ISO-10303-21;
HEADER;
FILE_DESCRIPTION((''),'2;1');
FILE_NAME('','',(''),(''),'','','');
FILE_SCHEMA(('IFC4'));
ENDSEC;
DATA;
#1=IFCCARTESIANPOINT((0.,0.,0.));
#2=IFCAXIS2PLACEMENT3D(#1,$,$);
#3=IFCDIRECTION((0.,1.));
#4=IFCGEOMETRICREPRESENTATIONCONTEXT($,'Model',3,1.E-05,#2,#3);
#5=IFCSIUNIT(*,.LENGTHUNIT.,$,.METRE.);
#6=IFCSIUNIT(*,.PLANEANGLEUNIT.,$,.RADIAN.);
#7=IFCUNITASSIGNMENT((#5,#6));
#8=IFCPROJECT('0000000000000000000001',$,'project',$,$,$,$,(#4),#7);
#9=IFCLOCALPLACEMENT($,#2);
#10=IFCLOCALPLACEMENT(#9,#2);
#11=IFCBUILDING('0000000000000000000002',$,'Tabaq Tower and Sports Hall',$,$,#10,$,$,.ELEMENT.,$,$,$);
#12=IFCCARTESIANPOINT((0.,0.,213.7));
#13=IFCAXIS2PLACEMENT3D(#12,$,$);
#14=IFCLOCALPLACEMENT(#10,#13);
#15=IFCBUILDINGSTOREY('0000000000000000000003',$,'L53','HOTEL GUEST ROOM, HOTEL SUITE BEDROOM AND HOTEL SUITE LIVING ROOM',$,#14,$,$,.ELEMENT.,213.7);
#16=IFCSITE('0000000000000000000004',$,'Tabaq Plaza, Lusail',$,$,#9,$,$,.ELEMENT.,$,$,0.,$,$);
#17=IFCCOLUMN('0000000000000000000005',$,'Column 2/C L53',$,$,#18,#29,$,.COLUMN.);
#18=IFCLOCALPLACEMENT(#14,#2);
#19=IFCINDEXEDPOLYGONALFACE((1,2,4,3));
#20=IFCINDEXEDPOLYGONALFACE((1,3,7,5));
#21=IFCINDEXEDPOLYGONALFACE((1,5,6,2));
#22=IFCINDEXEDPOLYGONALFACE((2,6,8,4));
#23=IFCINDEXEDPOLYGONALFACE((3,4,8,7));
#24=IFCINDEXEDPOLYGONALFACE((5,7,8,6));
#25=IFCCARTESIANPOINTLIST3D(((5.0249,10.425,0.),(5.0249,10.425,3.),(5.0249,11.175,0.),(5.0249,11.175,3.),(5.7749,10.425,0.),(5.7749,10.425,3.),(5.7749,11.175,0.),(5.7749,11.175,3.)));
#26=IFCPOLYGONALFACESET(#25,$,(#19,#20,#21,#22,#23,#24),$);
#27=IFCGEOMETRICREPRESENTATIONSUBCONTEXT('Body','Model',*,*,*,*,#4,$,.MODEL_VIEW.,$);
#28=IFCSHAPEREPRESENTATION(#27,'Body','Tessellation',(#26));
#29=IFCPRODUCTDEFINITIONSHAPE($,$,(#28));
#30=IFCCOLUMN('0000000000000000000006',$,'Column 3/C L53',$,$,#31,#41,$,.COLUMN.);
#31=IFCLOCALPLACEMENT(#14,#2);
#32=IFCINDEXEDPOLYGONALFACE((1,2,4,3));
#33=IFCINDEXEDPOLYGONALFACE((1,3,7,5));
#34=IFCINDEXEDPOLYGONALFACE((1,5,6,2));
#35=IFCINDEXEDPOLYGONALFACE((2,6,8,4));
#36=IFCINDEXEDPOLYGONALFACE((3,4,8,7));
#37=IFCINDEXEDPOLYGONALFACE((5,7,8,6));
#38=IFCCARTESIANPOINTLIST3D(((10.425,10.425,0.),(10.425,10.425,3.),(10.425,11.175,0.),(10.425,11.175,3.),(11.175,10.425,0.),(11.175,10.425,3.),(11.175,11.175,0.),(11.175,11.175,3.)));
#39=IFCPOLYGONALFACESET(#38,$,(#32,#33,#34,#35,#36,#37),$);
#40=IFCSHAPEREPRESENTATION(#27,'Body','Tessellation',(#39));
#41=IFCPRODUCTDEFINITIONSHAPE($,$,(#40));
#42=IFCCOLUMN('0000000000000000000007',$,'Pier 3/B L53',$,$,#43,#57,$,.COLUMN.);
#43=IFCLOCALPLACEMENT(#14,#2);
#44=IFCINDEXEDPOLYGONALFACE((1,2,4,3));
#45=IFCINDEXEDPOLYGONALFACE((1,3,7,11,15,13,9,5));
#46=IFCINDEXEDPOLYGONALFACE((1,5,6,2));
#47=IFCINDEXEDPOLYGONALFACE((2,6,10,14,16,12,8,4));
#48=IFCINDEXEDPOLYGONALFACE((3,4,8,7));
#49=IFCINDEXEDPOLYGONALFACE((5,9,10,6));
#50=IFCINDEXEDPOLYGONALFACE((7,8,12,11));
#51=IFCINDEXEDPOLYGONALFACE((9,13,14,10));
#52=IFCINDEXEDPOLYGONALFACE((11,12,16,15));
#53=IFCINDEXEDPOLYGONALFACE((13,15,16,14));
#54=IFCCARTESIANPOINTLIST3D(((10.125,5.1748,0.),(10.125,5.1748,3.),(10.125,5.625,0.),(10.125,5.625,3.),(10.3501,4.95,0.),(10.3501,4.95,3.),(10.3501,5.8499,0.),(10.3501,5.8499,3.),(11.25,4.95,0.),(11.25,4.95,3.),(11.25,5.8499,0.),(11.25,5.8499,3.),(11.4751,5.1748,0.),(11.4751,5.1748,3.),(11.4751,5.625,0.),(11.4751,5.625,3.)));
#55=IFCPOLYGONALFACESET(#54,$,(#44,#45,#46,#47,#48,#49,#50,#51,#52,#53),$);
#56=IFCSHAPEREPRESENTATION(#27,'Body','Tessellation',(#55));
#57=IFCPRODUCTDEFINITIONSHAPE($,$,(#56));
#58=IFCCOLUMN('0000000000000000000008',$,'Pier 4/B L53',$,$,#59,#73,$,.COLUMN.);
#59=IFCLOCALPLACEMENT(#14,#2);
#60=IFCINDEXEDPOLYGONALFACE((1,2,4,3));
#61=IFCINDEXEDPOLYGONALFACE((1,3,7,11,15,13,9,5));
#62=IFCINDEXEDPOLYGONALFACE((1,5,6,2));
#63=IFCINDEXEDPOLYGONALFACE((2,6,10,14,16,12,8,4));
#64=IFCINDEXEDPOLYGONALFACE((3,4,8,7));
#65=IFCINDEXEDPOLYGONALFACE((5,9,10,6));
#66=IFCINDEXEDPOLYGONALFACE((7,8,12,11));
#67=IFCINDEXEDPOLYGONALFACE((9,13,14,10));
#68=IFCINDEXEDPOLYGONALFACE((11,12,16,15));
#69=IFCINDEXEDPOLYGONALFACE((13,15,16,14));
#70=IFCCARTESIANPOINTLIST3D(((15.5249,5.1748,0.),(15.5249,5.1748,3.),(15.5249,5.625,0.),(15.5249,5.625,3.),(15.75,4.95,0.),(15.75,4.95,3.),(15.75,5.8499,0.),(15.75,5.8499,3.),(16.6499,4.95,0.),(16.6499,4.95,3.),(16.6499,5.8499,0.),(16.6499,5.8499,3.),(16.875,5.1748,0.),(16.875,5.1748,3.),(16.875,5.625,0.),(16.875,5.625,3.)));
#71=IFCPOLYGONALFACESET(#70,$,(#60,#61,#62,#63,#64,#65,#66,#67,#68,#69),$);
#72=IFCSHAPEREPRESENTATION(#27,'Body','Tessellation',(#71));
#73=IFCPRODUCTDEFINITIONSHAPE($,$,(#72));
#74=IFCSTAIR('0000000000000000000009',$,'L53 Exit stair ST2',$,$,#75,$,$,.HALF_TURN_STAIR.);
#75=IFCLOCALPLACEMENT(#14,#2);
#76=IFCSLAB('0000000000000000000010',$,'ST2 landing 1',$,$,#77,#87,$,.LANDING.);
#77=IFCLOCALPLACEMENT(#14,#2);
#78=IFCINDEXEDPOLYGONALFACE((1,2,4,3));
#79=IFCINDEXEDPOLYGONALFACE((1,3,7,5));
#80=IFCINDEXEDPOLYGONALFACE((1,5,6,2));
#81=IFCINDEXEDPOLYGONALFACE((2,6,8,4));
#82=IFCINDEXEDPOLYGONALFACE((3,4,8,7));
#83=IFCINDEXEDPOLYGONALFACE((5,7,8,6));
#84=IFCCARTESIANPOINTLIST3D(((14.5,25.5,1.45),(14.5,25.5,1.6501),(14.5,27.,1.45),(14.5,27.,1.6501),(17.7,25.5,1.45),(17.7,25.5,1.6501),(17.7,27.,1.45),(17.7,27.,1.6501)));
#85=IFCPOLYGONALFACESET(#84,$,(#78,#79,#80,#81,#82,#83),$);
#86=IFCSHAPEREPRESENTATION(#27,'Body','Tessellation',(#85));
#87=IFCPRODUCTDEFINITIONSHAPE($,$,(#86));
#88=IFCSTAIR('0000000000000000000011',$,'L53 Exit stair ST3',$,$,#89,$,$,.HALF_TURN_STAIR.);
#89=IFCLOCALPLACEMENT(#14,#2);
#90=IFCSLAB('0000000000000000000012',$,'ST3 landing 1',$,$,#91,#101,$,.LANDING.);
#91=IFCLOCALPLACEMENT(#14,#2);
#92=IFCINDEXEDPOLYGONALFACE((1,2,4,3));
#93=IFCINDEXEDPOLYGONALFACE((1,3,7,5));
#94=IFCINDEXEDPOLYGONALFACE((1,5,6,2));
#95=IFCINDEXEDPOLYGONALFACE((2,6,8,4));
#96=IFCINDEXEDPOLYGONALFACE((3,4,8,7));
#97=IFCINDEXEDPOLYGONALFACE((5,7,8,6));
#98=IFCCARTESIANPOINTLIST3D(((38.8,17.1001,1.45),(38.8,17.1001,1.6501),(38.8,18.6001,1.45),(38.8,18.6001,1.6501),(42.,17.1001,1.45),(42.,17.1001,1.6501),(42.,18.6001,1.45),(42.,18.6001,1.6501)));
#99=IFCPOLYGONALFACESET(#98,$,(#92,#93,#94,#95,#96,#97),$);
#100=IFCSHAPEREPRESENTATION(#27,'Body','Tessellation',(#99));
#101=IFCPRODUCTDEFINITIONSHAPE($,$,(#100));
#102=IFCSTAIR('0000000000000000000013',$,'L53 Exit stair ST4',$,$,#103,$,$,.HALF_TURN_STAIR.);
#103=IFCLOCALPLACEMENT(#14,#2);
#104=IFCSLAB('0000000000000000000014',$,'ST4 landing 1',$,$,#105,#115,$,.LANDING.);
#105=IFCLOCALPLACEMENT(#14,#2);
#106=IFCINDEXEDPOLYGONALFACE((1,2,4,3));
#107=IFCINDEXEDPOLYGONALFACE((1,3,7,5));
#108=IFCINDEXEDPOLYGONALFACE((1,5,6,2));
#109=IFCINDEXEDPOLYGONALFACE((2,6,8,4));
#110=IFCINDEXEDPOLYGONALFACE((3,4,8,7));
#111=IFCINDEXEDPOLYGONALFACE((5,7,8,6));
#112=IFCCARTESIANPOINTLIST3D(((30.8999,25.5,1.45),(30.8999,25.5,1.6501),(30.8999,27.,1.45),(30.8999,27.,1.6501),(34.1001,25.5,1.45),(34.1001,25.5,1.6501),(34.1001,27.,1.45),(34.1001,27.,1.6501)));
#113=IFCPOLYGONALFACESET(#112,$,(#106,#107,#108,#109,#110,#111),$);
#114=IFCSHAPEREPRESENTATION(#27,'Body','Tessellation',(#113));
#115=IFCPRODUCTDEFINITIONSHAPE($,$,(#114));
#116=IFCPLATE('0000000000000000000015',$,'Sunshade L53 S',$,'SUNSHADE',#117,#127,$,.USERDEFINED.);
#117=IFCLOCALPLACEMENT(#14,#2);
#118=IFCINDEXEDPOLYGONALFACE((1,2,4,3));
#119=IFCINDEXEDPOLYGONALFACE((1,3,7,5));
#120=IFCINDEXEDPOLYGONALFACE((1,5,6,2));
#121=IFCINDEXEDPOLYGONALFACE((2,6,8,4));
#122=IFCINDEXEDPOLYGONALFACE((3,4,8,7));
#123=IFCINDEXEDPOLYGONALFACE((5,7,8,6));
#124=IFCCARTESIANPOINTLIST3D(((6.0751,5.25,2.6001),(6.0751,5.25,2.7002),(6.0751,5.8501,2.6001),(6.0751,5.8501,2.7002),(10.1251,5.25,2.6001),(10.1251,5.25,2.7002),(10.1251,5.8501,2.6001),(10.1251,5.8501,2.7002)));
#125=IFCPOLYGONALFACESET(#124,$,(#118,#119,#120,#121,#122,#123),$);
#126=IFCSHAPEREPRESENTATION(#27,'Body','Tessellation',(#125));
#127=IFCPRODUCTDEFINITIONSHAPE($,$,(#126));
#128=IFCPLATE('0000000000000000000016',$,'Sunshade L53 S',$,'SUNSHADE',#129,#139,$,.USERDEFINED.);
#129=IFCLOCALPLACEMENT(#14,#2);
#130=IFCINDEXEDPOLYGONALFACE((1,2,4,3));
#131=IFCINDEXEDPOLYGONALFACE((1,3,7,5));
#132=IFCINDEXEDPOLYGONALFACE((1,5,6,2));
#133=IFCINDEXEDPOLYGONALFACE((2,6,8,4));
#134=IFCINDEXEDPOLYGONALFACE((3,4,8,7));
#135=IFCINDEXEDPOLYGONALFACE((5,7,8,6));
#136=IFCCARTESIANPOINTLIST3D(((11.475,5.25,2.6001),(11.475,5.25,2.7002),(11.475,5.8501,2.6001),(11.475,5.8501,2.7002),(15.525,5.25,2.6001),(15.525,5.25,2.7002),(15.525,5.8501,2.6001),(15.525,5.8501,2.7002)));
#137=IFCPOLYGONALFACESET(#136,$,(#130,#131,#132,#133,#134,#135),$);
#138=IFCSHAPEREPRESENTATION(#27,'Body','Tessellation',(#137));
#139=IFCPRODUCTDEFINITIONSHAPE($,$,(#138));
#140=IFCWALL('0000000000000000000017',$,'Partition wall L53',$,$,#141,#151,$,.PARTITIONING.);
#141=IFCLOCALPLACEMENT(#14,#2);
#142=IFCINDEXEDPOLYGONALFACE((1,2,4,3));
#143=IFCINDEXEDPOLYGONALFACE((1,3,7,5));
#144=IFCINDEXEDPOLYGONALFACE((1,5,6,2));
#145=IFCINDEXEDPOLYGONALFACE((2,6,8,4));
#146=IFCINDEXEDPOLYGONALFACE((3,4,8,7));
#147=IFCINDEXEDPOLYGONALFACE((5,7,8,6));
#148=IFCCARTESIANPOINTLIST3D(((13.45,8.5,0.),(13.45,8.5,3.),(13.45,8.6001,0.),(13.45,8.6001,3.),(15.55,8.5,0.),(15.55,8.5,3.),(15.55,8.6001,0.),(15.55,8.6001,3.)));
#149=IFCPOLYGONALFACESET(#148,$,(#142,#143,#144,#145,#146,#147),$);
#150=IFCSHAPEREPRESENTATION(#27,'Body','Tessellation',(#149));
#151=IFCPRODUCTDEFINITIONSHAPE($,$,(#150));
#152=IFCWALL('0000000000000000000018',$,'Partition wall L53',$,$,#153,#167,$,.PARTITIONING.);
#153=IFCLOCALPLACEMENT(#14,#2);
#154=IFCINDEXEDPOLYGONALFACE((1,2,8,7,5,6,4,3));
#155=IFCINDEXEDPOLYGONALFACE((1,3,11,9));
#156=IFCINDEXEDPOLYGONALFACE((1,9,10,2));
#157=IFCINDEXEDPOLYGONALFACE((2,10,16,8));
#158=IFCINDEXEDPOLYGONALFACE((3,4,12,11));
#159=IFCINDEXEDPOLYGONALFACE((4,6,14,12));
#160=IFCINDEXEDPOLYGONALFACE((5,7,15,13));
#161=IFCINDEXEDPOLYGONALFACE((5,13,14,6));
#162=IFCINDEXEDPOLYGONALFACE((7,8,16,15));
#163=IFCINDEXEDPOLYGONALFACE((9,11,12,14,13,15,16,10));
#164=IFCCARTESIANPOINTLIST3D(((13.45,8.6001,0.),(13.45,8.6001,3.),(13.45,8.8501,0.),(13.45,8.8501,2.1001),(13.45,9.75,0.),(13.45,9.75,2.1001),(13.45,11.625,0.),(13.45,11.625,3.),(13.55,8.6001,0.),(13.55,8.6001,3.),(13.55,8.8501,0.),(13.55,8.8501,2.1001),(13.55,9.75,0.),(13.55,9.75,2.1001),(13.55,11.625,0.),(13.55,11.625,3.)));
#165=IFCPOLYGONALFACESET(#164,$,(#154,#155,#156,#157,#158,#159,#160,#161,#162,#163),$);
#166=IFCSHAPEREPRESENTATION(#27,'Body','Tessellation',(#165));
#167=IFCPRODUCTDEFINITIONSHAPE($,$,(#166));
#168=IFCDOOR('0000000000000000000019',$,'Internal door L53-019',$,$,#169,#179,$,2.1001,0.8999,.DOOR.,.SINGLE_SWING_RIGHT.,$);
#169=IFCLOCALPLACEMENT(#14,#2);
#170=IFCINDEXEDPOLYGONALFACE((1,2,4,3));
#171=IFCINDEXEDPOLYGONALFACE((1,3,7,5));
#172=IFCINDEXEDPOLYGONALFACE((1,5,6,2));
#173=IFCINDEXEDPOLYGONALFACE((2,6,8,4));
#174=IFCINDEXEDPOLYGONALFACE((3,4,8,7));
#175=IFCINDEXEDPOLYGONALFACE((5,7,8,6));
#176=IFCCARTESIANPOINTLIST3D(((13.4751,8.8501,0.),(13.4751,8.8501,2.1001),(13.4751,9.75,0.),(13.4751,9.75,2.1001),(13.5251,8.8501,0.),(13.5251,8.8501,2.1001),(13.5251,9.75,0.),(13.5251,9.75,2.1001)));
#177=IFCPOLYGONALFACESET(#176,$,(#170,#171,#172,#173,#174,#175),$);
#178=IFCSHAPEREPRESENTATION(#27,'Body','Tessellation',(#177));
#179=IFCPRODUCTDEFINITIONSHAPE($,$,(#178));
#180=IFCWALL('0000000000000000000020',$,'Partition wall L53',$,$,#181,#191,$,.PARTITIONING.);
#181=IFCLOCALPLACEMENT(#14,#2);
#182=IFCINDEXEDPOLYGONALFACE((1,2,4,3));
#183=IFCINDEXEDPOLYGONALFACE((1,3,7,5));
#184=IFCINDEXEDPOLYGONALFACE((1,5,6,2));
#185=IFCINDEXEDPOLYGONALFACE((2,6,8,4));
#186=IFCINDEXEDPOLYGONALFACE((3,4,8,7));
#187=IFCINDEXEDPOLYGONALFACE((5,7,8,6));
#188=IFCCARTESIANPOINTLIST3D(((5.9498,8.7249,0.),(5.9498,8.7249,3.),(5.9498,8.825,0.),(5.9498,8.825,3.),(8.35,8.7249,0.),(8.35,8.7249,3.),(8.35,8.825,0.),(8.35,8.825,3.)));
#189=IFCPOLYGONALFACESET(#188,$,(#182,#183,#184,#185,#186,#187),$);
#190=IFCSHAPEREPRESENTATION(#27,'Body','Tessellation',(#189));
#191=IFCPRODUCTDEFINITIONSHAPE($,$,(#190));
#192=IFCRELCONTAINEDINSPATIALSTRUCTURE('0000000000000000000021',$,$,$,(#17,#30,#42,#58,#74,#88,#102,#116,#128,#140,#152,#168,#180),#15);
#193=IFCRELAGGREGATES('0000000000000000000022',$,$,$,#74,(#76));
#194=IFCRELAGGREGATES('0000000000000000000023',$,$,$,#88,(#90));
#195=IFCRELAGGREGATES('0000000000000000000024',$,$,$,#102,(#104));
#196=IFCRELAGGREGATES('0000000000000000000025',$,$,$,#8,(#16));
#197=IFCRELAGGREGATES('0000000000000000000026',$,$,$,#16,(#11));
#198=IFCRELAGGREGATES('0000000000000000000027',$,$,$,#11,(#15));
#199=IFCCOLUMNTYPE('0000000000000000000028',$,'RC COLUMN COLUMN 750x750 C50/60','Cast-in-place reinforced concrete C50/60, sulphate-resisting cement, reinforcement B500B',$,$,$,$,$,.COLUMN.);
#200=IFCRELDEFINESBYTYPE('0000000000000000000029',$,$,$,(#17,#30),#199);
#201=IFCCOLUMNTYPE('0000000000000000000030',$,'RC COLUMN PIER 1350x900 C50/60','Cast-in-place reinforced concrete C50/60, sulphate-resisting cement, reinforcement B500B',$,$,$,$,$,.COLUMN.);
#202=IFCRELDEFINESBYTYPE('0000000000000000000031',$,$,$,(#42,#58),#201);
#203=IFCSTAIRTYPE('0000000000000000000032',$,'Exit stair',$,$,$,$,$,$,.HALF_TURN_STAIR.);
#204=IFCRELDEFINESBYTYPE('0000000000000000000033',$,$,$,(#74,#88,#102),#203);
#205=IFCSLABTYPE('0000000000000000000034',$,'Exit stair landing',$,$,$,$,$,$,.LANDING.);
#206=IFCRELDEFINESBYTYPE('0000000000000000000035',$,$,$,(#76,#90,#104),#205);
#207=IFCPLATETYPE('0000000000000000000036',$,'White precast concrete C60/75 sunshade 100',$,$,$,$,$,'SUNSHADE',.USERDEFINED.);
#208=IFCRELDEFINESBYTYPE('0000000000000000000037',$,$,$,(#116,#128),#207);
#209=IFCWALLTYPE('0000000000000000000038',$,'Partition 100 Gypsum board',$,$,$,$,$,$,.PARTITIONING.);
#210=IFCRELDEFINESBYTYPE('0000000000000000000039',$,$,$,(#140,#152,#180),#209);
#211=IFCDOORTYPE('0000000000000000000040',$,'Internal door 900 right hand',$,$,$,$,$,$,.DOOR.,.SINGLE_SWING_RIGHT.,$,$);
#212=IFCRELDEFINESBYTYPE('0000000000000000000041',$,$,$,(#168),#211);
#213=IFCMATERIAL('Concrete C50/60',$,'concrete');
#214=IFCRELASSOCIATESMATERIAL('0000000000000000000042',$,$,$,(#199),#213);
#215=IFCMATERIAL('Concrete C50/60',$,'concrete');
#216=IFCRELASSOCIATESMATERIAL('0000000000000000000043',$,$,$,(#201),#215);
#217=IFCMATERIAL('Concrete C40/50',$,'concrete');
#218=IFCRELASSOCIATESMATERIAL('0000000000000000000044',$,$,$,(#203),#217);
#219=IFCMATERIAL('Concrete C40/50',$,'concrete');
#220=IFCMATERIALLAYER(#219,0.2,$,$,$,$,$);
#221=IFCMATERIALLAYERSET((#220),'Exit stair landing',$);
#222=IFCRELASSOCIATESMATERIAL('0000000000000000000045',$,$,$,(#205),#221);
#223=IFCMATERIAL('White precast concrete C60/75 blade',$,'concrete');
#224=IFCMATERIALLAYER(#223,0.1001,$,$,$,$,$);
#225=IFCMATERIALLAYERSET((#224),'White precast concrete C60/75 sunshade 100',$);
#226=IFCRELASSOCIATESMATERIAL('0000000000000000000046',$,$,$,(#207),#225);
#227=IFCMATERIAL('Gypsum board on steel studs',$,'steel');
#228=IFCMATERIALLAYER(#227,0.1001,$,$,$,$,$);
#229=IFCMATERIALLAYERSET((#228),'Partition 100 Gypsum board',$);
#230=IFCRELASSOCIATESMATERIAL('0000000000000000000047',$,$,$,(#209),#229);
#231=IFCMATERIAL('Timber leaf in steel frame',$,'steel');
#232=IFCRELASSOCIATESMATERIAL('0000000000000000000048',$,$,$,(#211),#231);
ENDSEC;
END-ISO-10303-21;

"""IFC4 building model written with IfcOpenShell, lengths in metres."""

from ifc_helpers import new_model, si_unit, direction, frame, frame_2d, origin, origin_2d, place, context, subcontext, project, spatial, polyline, rectangle, outline, extrude, material, layer, layer_set, material_profile, profile_set, type_object, element, fill, aggregate, save


model = new_model("IFC4")

# Units and contexts
model_context = context("Model", 3, precision=1e-05, world=origin(), true_north=direction((0.0, 1.0)))
body_context = subcontext(model_context, "Body", "Model", "MODEL_VIEW")
ifc_project = project(units=[si_unit("LENGTHUNIT", "METRE"), si_unit("PLANEANGLEUNIT", "RADIAN")], contexts=[model_context])

# Site, building, storey
site_placement = place(None, origin())
site = spatial("IfcSite", under=ifc_project, at=site_placement, Name="Tabaq Plaza, Lusail", CompositionType="ELEMENT", RefElevation=0.0)
building_placement = place(site_placement, origin())
building = spatial("IfcBuilding", under=site, at=building_placement, Name="Tabaq Tower and Sports Hall", CompositionType="ELEMENT")
storey_placement = place(building_placement, frame((0.0, 0.0, 213.7)))
storey = spatial("IfcBuildingStorey", under=building, at=storey_placement, Name="L53", Description="HOTEL GUEST ROOM, HOTEL SUITE BEDROOM AND HOTEL SUITE LIVING ROOM", CompositionType="ELEMENT", Elevation=213.7)

# Columns
ifc_material_1 = material(Name="Concrete C50/60", Category="concrete")
ifc_material_profile_1 = material_profile(ifc_material_1, rectangle(XDim=0.75, YDim=0.75, at=origin_2d()), Name="COLUMN 750x750")
ifc_profile_set_1 = profile_set([ifc_material_profile_1], Name="Concrete C50/60")
column_type_1 = type_object("IfcColumnType", Name="RC COLUMN COLUMN 750x750 C50/60", Description="Cast-in-place reinforced concrete C50/60, sulphate-resisting cement, reinforcement B500B", PredefinedType="COLUMN", material=ifc_profile_set_1)
for number, where, z_axis, x_axis, name in (
    (1, (5.3999, 10.8, 0.0), (0.0, 0.0, 1.0), (1.0, 0.0, 0.0), "Column 2/C L53"),
    (2, (10.8, 10.8, 0.0), (0.0, 0.0, 1.0), (1.0, 0.0, 0.0), "Column 3/C L53"),
):
    element("IfcColumn", number, at=place(storey_placement, frame(where, z_axis=z_axis, x_axis=x_axis)), inside=storey, type_object=column_type_1, Name=name, PredefinedType="COLUMN", context=body_context, shape_type="SweptSolid", body=[
        extrude(rectangle(XDim=0.75, YDim=0.75, at=origin_2d()), origin(), (0.0, 0.0, 1.0), 3.0),
    ])
ifc_material_2 = material(Name="Concrete C50/60", Category="concrete")
ifc_material_profile_2 = material_profile(ifc_material_2, outline(polyline([(-0.45, -0.45), (0.45, -0.45), (0.675, -0.2251), (0.675, 0.2251), (0.45, 0.45), (-0.45, 0.45), (-0.675, 0.2251), (-0.675, -0.2251), (-0.45, -0.45)])), Name="PIER 1350x900")
ifc_profile_set_2 = profile_set([ifc_material_profile_2], Name="Concrete C50/60")
column_type_2 = type_object("IfcColumnType", Name="RC COLUMN PIER 1350x900 C50/60", Description="Cast-in-place reinforced concrete C50/60, sulphate-resisting cement, reinforcement B500B", PredefinedType="COLUMN", material=ifc_profile_set_2)
for number, where, z_axis, x_axis, name in (
    (3, (10.8, 5.3999, 0.0), (0.0, 0.0, 1.0), (1.0, 0.0, 0.0), "Pier 3/B L53"),
    (4, (16.2, 5.3999, 0.0), (0.0, 0.0, 1.0), (1.0, 0.0, 0.0), "Pier 4/B L53"),
):
    element("IfcColumn", number, at=place(storey_placement, frame(where, z_axis=z_axis, x_axis=x_axis)), inside=storey, type_object=column_type_2, Name=name, PredefinedType="COLUMN", context=body_context, shape_type="SweptSolid", body=[
        extrude(outline(polyline([(-0.45, -0.45), (0.45, -0.45), (0.675, -0.2251), (0.675, 0.2251), (0.45, 0.45), (-0.45, 0.45), (-0.675, 0.2251), (-0.675, -0.2251), (-0.45, -0.45)])), origin(), (0.0, 0.0, 1.0), 3.0),
    ])

# Stairs, slabs
ifc_material_3 = material(Name="Concrete C40/50", Category="concrete")
stair_type = type_object("IfcStairType", Name="Exit stair", PredefinedType="HALF_TURN_STAIR", material=ifc_material_3)
stair_1_placement = place(storey_placement, origin())
stair_1 = element("IfcStair", 5, at=stair_1_placement, inside=storey, type_object=stair_type, Name="L53 Exit stair ST2", PredefinedType="HALF_TURN_STAIR")
ifc_material_4 = material(Name="Concrete C40/50", Category="concrete")
ifc_layer_1 = layer(ifc_material_4, 0.2)
ifc_layer_set_1 = layer_set([ifc_layer_1], Name="Exit stair landing")
slab_type = type_object("IfcSlabType", Name="Exit stair landing", PredefinedType="LANDING", material=ifc_layer_set_1)
slab_1_placement = place(storey_placement, frame((0.0, 0.0, 1.45)))
slab_1 = element("IfcSlab", 6, at=slab_1_placement, type_object=slab_type, Name="ST2 landing 1", PredefinedType="LANDING", context=body_context, shape_type="SweptSolid", body=[
    extrude(outline(polyline([(14.5, 27.0), (14.5, 25.5), (17.7, 25.5), (17.7, 27.0), (14.5, 27.0)])), origin(), (0.0, 0.0, 1.0), 0.2002),
])
aggregate(stair_1, [slab_1])
stair_2_placement = place(storey_placement, origin())
stair_2 = element("IfcStair", 7, at=stair_2_placement, inside=storey, type_object=stair_type, Name="L53 Exit stair ST3", PredefinedType="HALF_TURN_STAIR")
slab_2_placement = place(storey_placement, frame((0.0, 0.0, 1.45)))
slab_2 = element("IfcSlab", 8, at=slab_2_placement, type_object=slab_type, Name="ST3 landing 1", PredefinedType="LANDING", context=body_context, shape_type="SweptSolid", body=[
    extrude(outline(polyline([(38.8, 18.6001), (38.8, 17.1001), (42.0, 17.1001), (42.0, 18.6001), (38.8, 18.6001)])), origin(), (0.0, 0.0, 1.0), 0.2002),
])
aggregate(stair_2, [slab_2])
stair_3_placement = place(storey_placement, origin())
stair_3 = element("IfcStair", 9, at=stair_3_placement, inside=storey, type_object=stair_type, Name="L53 Exit stair ST4", PredefinedType="HALF_TURN_STAIR")
slab_3_placement = place(storey_placement, frame((0.0, 0.0, 1.45)))
slab_3 = element("IfcSlab", 10, at=slab_3_placement, type_object=slab_type, Name="ST4 landing 1", PredefinedType="LANDING", context=body_context, shape_type="SweptSolid", body=[
    extrude(outline(polyline([(30.8999, 27.0), (30.8999, 25.5), (34.1001, 25.5), (34.1001, 27.0), (30.8999, 27.0)])), origin(), (0.0, 0.0, 1.0), 0.2002),
])
aggregate(stair_3, [slab_3])

# Plates
ifc_material_5 = material(Name="White precast concrete C60/75 blade", Category="concrete")
ifc_layer_2 = layer(ifc_material_5, 0.1001)
ifc_layer_set_2 = layer_set([ifc_layer_2], Name="White precast concrete C60/75 sunshade 100")
plate_type = type_object("IfcPlateType", Name="White precast concrete C60/75 sunshade 100", ElementType="SUNSHADE", PredefinedType="USERDEFINED", material=ifc_layer_set_2)
for number, where, z_axis, x_axis, name in (
    (11, (8.1001, 5.55, 2.6001), (0.0, 0.0, 1.0), (1.0, 0.0, 0.0), "Sunshade L53 S"),
    (12, (13.5, 5.55, 2.6001), (0.0, 0.0, 1.0), (1.0, 0.0, 0.0), "Sunshade L53 S"),
):
    element("IfcPlate", number, at=place(storey_placement, frame(where, z_axis=z_axis, x_axis=x_axis)), inside=storey, type_object=plate_type, Name=name, ObjectType="SUNSHADE", PredefinedType="USERDEFINED", context=body_context, shape_type="SweptSolid", body=[
        extrude(rectangle(XDim=4.05, YDim=0.6001, at=origin_2d()), origin(), (0.0, 0.0, 1.0), 0.1001),
    ])

# Wall
ifc_material_6 = material(Name="Gypsum board on steel studs", Category="steel")
ifc_layer_3 = layer(ifc_material_6, 0.1001)
ifc_layer_set_3 = layer_set([ifc_layer_3], Name="Partition 100 Gypsum board")
wall_type_1 = type_object("IfcWallType", Name="Partition 100 Gypsum board", PredefinedType="PARTITIONING", material=ifc_layer_set_3)
wall_1_placement = place(storey_placement, frame((15.55, 8.55, 0.0), z_axis=(0.0, 0.0, 1.0), x_axis=(-1.0, 0.0, 0.0)))
element("IfcWall", 13, at=wall_1_placement, inside=storey, type_object=wall_type_1, Name="Partition wall L53", PredefinedType="PARTITIONING", context=body_context, shape_type="SweptSolid", body=[
    extrude(rectangle(XDim=2.1001, YDim=0.1001, at=frame_2d((1.05, 0.0))), origin(), (0.0, 0.0, 1.0), 3.0),
])

# Wall, opening, door
wall_2_placement = place(storey_placement, frame((13.5, 8.6001, 0.0), z_axis=(0.0, 0.0, 1.0), x_axis=(0.0, 1.0, 0.0)))
wall_2 = element("IfcWall", 14, at=wall_2_placement, inside=storey, type_object=wall_type_1, Name="Partition wall L53", PredefinedType="PARTITIONING", context=body_context, shape_type="SweptSolid", body=[
    extrude(rectangle(XDim=3.0249, YDim=0.1001, at=frame_2d((1.5125, 0.0))), origin(), (0.0, 0.0, 1.0), 3.0),
])
opening_1_placement = place(wall_2_placement, frame((0.25, 0.0, 0.0)))
opening_1 = element("IfcOpeningElement", 15, at=opening_1_placement, cuts=wall_2, PredefinedType="OPENING", context=body_context, shape_type="SweptSolid", body=[
    extrude(rectangle(XDim=0.8999, YDim=2.1001, at=frame_2d((0.45, 1.05))), frame((0.0, 0.05, 0.0), z_axis=(0.0, -1.0, 0.0), x_axis=(1.0, 0.0, 0.0)), (0.0, 0.0, 1.0), 0.1001),
])
ifc_material_7 = material(Name="Timber leaf in steel frame", Category="steel")
door_type_1 = type_object("IfcDoorType", Name="Internal door 900 right hand", OperationType="SINGLE_SWING_RIGHT", PredefinedType="DOOR", material=ifc_material_7)
door_1_placement = place(opening_1_placement, origin())
door_1 = element("IfcDoor", 16, at=door_1_placement, inside=storey, type_object=door_type_1, Name="Internal door L53-019", OperationType="SINGLE_SWING_RIGHT", OverallHeight=2.1001, OverallWidth=0.8999, PredefinedType="DOOR", context=body_context, shape_type="SweptSolid", body=[
    extrude(rectangle(XDim=0.8999, YDim=2.1001, at=frame_2d((0.45, 1.05))), frame((0.0, 0.0249, 0.0), z_axis=(0.0, -1.0, 0.0), x_axis=(1.0, 0.0, 0.0)), (0.0, 0.0, 1.0), 0.05),
])
fill(opening_1, door_1)

# Wall
wall_3_placement = place(storey_placement, frame((8.3501, 8.7749, 0.0), z_axis=(0.0, 0.0, 1.0), x_axis=(-1.0, 0.0, 0.0)))
element("IfcWall", 17, at=wall_3_placement, inside=storey, type_object=wall_type_1, Name="Partition wall L53", PredefinedType="PARTITIONING", context=body_context, shape_type="SweptSolid", body=[
    extrude(rectangle(XDim=2.4001, YDim=0.1001, at=frame_2d((1.2002, 0.0))), origin(), (0.0, 0.0, 1.0), 3.0),
])

save(model, "model.ifc")
